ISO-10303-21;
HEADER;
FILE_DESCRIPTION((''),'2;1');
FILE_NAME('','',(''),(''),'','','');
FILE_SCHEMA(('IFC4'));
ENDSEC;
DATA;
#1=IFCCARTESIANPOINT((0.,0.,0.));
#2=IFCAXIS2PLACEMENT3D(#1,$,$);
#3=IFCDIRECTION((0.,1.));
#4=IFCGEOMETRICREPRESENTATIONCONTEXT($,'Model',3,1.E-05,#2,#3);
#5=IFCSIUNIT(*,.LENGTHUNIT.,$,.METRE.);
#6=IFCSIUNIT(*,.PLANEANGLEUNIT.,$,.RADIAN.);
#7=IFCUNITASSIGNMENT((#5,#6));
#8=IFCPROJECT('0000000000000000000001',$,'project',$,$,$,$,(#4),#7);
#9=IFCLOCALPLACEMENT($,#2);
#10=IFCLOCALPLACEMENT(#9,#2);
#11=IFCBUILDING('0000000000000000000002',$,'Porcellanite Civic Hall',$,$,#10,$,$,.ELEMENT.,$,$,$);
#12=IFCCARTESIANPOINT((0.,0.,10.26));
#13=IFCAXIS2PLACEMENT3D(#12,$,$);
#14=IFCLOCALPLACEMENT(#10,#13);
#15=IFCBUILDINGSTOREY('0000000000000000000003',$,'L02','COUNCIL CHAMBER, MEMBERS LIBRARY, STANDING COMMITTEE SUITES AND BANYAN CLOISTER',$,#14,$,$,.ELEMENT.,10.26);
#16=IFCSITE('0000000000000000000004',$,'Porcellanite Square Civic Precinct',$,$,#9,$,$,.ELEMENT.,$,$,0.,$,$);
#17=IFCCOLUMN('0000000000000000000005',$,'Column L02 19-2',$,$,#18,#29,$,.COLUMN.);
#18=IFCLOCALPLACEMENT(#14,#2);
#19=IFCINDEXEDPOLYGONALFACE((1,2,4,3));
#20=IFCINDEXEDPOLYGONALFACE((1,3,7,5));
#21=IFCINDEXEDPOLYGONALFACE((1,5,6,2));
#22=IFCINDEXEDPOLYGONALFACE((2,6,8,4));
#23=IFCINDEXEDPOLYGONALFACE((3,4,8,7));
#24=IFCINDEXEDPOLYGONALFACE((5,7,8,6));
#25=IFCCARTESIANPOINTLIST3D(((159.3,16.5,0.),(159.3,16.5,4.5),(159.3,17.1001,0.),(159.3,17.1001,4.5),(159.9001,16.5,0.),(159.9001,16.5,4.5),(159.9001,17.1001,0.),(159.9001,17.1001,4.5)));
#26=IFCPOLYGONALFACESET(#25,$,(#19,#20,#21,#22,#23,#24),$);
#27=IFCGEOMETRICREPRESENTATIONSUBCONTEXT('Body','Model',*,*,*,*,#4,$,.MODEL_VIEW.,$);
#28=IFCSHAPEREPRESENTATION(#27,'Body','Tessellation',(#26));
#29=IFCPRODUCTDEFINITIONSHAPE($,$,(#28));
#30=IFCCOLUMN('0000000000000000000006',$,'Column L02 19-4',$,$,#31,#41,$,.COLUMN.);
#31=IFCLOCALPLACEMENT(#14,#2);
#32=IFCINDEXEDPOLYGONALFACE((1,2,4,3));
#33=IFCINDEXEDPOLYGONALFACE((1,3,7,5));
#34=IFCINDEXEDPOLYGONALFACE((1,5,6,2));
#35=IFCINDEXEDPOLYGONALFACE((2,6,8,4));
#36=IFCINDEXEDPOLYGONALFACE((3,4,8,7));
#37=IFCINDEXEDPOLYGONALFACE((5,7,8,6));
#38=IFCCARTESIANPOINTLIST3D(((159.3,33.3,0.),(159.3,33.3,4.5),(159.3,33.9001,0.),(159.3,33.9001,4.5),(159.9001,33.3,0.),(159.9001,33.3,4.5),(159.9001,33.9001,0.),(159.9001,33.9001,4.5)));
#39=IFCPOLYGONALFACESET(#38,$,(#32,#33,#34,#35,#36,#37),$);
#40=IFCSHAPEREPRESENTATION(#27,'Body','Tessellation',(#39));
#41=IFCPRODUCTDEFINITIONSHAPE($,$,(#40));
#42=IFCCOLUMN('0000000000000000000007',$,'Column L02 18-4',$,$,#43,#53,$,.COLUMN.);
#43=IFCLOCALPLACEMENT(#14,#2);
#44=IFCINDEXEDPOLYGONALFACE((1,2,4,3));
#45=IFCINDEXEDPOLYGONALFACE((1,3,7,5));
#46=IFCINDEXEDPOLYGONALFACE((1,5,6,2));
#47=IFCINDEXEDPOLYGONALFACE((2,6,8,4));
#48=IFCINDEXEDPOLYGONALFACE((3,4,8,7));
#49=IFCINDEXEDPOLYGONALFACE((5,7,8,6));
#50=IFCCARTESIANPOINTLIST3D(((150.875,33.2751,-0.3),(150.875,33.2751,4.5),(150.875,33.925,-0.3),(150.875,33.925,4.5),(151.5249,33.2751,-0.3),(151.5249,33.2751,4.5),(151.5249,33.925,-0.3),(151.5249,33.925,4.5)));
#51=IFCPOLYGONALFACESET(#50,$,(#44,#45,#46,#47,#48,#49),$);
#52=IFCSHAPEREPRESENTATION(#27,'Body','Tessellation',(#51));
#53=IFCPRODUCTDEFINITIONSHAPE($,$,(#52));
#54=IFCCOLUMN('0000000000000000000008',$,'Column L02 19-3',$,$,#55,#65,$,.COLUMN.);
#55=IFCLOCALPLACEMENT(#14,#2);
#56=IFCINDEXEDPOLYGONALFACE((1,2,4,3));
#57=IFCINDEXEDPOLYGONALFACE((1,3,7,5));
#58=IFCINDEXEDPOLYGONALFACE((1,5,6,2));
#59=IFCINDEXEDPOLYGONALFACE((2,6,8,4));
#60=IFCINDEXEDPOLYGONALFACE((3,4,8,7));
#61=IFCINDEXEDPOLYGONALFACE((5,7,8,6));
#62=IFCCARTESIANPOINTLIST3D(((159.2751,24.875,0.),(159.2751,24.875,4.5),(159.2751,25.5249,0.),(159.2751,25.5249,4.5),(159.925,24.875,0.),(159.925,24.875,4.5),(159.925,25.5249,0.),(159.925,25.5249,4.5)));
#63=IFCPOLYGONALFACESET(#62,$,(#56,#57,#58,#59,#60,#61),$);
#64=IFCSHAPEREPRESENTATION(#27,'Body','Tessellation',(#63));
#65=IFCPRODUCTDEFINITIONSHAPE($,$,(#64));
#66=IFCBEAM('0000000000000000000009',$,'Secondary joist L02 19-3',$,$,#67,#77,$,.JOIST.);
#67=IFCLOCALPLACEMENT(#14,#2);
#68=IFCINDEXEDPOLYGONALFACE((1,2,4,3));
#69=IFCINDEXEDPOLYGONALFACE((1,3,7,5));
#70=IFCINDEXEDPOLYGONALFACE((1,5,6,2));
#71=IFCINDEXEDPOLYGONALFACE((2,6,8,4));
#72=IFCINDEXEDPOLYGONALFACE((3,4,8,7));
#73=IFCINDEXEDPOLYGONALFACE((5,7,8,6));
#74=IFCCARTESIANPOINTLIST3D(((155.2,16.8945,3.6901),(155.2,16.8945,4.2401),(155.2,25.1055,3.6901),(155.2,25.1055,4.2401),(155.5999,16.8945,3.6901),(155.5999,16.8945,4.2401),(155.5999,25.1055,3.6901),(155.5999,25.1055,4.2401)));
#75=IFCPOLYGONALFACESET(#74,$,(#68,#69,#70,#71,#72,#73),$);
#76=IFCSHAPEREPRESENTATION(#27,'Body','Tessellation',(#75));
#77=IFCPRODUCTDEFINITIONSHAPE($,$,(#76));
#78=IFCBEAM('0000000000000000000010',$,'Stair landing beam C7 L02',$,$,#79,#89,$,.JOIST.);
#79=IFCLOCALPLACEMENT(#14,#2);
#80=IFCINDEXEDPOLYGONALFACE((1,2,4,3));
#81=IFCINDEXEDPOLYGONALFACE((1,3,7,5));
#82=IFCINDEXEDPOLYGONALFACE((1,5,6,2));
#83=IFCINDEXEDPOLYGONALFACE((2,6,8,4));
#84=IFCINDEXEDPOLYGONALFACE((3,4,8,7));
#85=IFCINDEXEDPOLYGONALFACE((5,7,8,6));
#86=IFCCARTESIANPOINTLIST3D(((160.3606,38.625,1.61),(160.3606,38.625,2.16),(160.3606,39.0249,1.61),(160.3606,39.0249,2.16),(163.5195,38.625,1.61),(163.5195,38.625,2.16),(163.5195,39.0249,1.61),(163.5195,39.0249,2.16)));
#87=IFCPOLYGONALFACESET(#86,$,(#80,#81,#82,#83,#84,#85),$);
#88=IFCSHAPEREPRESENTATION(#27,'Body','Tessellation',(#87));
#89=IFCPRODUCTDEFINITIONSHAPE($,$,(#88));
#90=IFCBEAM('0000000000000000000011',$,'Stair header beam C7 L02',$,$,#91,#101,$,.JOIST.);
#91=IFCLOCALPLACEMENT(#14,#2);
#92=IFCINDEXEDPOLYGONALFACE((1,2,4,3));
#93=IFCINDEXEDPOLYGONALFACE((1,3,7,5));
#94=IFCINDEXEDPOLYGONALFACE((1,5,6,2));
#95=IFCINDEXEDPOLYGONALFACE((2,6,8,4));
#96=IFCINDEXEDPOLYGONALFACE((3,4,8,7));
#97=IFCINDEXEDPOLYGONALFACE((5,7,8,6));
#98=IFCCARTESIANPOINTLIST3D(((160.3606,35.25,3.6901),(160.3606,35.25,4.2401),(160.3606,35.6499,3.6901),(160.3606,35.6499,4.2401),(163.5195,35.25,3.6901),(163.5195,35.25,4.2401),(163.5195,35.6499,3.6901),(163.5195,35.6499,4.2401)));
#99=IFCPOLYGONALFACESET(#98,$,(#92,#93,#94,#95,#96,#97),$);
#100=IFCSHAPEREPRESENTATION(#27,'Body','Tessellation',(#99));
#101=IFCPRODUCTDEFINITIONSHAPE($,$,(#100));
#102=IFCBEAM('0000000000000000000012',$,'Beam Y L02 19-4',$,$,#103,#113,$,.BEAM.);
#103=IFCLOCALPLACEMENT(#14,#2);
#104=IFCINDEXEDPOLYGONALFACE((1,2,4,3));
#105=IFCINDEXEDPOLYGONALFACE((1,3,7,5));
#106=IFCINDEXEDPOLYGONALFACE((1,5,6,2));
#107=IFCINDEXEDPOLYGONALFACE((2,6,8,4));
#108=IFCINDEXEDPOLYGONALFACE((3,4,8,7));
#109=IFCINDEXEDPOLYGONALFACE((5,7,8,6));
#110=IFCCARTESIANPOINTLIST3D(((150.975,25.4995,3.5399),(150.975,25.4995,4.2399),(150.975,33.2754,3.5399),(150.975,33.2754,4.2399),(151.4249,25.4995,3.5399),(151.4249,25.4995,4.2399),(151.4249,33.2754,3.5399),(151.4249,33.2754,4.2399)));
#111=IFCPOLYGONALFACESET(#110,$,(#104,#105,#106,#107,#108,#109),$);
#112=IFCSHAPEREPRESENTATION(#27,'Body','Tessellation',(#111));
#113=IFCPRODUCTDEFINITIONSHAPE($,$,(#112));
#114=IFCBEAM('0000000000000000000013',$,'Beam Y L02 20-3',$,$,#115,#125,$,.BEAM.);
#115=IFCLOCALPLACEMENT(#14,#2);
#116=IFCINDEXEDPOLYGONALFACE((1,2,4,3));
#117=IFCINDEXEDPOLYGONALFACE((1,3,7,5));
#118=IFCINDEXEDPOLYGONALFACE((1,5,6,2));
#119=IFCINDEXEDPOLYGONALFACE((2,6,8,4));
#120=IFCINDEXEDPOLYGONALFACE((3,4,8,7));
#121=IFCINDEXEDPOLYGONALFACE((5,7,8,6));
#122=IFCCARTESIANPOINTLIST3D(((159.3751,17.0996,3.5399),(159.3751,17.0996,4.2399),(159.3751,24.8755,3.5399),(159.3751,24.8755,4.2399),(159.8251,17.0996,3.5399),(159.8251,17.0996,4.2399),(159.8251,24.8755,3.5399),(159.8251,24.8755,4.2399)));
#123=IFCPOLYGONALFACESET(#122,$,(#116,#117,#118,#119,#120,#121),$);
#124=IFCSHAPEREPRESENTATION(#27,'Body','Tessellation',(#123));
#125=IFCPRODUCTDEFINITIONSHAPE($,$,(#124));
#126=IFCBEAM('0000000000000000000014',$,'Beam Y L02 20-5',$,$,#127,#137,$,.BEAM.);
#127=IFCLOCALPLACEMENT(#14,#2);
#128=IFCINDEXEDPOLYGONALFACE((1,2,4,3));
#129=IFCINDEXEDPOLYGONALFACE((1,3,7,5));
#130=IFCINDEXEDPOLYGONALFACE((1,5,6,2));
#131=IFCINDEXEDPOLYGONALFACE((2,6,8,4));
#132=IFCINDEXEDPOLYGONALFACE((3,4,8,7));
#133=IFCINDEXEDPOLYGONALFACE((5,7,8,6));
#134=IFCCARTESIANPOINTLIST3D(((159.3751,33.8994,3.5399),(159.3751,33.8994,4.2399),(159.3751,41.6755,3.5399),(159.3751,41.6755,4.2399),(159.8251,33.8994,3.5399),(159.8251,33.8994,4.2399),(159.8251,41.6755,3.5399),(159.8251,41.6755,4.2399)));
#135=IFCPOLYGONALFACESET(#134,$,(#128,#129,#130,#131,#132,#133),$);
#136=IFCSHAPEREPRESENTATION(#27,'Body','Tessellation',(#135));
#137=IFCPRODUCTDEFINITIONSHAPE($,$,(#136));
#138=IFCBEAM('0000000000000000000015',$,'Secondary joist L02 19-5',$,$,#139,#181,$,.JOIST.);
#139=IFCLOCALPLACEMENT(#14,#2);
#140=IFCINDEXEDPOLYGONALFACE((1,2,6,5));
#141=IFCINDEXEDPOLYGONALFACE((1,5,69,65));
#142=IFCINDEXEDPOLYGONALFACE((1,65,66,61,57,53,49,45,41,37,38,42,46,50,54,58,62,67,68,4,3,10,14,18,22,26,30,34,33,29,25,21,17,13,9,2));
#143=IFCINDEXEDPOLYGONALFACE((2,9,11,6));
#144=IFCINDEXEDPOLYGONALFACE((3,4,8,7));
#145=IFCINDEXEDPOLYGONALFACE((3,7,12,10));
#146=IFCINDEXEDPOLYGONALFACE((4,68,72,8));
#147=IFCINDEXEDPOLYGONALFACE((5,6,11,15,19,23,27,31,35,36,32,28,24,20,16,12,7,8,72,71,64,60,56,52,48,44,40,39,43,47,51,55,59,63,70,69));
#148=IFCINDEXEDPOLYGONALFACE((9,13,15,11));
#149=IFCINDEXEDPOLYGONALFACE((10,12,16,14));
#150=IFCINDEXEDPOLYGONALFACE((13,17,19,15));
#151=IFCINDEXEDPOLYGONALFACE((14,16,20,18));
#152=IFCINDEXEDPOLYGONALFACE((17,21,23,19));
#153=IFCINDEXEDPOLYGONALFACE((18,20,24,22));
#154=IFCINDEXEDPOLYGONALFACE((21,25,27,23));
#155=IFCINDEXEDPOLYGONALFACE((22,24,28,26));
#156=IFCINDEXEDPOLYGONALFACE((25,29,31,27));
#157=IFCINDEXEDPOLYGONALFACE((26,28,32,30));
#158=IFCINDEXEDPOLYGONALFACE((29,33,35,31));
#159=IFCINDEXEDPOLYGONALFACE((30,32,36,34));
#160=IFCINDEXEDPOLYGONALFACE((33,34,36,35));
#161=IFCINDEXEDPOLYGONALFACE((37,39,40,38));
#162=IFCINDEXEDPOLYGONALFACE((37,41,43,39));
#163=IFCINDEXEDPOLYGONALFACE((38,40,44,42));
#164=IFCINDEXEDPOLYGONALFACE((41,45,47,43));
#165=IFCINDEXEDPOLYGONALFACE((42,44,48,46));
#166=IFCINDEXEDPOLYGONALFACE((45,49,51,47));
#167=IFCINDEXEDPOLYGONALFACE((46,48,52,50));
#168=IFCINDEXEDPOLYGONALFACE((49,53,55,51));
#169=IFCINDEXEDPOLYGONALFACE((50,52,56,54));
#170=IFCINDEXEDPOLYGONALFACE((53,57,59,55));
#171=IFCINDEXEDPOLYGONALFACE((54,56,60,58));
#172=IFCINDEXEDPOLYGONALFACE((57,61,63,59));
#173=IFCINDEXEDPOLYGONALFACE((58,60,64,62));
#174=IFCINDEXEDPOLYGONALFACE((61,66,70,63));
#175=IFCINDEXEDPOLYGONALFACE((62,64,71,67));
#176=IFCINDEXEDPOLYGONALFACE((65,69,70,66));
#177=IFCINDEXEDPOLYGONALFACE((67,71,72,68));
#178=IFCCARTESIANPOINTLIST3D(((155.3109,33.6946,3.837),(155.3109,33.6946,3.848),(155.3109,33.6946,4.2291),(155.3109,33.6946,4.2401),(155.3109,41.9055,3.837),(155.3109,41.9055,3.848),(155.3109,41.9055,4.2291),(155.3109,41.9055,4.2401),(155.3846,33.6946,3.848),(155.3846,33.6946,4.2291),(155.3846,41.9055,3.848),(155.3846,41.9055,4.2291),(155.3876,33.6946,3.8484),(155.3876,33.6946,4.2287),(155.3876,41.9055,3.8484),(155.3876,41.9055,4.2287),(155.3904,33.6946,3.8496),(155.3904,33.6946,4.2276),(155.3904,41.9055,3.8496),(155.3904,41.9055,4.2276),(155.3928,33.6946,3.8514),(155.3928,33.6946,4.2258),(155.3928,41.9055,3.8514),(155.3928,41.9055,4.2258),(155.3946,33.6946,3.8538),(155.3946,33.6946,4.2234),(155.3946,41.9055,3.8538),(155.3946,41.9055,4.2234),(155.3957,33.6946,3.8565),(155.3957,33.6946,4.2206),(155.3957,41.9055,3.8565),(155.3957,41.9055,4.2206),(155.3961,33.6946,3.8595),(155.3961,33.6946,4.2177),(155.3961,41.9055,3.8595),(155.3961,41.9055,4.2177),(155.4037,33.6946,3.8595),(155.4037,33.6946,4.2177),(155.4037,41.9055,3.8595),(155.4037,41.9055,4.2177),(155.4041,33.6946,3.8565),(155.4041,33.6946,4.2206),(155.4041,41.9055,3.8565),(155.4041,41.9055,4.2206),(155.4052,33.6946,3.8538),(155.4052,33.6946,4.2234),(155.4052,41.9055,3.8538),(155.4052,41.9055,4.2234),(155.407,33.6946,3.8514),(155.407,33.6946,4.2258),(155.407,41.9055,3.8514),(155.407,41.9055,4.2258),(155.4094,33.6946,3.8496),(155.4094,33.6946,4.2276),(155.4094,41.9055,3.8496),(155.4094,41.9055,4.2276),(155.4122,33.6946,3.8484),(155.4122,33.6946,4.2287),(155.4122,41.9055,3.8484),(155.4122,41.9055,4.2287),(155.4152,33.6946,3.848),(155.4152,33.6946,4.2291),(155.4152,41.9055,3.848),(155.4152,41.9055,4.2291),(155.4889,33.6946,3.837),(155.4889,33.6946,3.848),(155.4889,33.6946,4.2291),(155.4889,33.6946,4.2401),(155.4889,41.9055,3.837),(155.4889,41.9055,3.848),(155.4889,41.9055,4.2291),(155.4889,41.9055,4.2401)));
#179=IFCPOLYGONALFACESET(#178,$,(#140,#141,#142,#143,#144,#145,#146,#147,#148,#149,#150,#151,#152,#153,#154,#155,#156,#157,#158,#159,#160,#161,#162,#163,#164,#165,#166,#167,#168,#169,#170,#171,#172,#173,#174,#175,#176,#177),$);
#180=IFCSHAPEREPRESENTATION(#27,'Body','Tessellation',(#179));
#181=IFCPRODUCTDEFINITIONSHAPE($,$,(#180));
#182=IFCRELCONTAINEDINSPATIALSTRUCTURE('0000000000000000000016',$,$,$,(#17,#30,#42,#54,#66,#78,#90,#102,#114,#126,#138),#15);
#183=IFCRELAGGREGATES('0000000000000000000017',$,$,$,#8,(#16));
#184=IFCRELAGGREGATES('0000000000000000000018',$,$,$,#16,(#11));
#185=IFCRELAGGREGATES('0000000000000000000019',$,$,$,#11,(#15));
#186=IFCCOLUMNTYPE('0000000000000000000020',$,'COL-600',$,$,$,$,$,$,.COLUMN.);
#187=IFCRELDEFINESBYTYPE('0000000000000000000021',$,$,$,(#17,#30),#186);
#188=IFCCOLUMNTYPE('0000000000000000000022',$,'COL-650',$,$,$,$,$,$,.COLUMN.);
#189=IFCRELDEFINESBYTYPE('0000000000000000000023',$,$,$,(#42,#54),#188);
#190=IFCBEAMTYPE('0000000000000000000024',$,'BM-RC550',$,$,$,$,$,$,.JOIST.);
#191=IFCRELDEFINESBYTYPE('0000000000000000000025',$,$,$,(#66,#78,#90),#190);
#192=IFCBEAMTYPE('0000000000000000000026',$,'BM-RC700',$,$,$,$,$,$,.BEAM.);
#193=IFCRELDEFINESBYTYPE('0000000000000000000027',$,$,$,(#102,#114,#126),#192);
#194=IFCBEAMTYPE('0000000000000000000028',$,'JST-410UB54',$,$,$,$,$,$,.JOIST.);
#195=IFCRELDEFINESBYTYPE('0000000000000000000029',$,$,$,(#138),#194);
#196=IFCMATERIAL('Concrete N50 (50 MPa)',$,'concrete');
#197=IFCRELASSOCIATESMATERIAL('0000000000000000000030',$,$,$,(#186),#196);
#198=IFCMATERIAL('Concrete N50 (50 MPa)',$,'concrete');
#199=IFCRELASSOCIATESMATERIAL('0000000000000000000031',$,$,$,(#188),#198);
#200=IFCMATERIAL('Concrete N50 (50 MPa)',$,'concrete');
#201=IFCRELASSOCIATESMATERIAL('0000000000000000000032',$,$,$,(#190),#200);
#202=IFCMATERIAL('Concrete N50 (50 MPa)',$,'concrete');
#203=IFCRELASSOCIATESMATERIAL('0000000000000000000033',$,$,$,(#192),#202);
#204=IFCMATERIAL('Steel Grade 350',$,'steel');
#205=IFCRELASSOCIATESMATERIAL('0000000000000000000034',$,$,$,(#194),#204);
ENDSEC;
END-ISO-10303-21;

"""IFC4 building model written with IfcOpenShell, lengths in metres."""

from ifc_helpers import new_model, si_unit, direction, frame, origin, origin_2d, place, context, subcontext, project, spatial, rectangle, i_section, extrude, material, material_profile, profile_set, type_object, element, save


model = new_model("IFC4")

# Units and contexts
model_context = context("Model", 3, precision=1e-05, world=origin(), true_north=direction((0.0, 1.0)))
body_context = subcontext(model_context, "Body", "Model", "MODEL_VIEW")
ifc_project = project(units=[si_unit("LENGTHUNIT", "METRE"), si_unit("PLANEANGLEUNIT", "RADIAN")], contexts=[model_context])

# Site, building, storey
site_placement = place(None, origin())
site = spatial("IfcSite", under=ifc_project, at=site_placement, Name="Porcellanite Square Civic Precinct", CompositionType="ELEMENT", RefElevation=0.0)
building_placement = place(site_placement, origin())
building = spatial("IfcBuilding", under=site, at=building_placement, Name="Porcellanite Civic Hall", CompositionType="ELEMENT")
storey_placement = place(building_placement, frame((0.0, 0.0, 10.26)))
storey = spatial("IfcBuildingStorey", under=building, at=storey_placement, Name="L02", Description="COUNCIL CHAMBER, MEMBERS LIBRARY, STANDING COMMITTEE SUITES AND BANYAN CLOISTER", CompositionType="ELEMENT", Elevation=10.26)

# Columns
ifc_material_1 = material(Name="Concrete N50 (50 MPa)", Category="concrete")
ifc_material_profile_1 = material_profile(ifc_material_1, rectangle(XDim=0.6001, YDim=0.6001, at=origin_2d()), Name="RC-600x600")
ifc_profile_set_1 = profile_set([ifc_material_profile_1], Name="Concrete N50 (50 MPa)")
column_type_1 = type_object("IfcColumnType", Name="COL-600", PredefinedType="COLUMN", material=ifc_profile_set_1)
for number, where, z_axis, x_axis, name in (
    (1, (159.6001, 16.8, 0.0), (0.0, 0.0, 1.0), (1.0, 0.0, 0.0), "Column L02 19-2"),
    (2, (159.6001, 33.6001, 0.0), (0.0, 0.0, 1.0), (1.0, 0.0, 0.0), "Column L02 19-4"),
):
    element("IfcColumn", number, at=place(storey_placement, frame(where, z_axis=z_axis, x_axis=x_axis)), inside=storey, type_object=column_type_1, Name=name, PredefinedType="COLUMN", context=body_context, shape_type="SweptSolid", body=[
        extrude(rectangle(XDim=0.6001, YDim=0.6001, at=origin_2d()), origin(), (0.0, 0.0, 1.0), 4.5),
    ])
ifc_material_2 = material(Name="Concrete N50 (50 MPa)", Category="concrete")
ifc_material_profile_2 = material_profile(ifc_material_2, rectangle(XDim=0.6499, YDim=0.6499, at=origin_2d()), Name="RC-650x650")
ifc_profile_set_2 = profile_set([ifc_material_profile_2], Name="Concrete N50 (50 MPa)")
column_type_2 = type_object("IfcColumnType", Name="COL-650", PredefinedType="COLUMN", material=ifc_profile_set_2)
column_1_placement = place(storey_placement, frame((151.2, 33.6001, -0.3), z_axis=(0.0, 0.0, 1.0), x_axis=(1.0, 0.0, 0.0)))
element("IfcColumn", 3, at=column_1_placement, inside=storey, type_object=column_type_2, Name="Column L02 18-4", PredefinedType="COLUMN", context=body_context, shape_type="SweptSolid", body=[
    extrude(rectangle(XDim=0.6499, YDim=0.6499, at=origin_2d()), origin(), (0.0, 0.0, 1.0), 4.8),
])
column_2_placement = place(storey_placement, frame((159.6001, 25.2, 0.0), z_axis=(0.0, 0.0, 1.0), x_axis=(1.0, 0.0, 0.0)))
element("IfcColumn", 4, at=column_2_placement, inside=storey, type_object=column_type_2, Name="Column L02 19-3", PredefinedType="COLUMN", context=body_context, shape_type="SweptSolid", body=[
    extrude(rectangle(XDim=0.6499, YDim=0.6499, at=origin_2d()), origin(), (0.0, 0.0, 1.0), 4.5),
])

# Beams
ifc_material_3 = material(Name="Concrete N50 (50 MPa)", Category="concrete")
ifc_material_profile_3 = material_profile(ifc_material_3, rectangle(XDim=0.3999, YDim=0.55, at=origin_2d()), Name="RC-400x550")
ifc_profile_set_3 = profile_set([ifc_material_profile_3], Name="Concrete N50 (50 MPa)")
beam_type_1 = type_object("IfcBeamType", Name="BM-RC550", PredefinedType="JOIST", material=ifc_profile_set_3)
beam_1_placement = place(storey_placement, frame((155.3999, 16.8945, 3.9651), z_axis=(0.0, 1.0, 0.0), x_axis=(-1.0, 0.0, 0.0)))
element("IfcBeam", 5, at=beam_1_placement, inside=storey, type_object=beam_type_1, Name="Secondary joist L02 19-3", PredefinedType="JOIST", context=body_context, shape_type="SweptSolid", body=[
    extrude(rectangle(XDim=0.3999, YDim=0.55, at=origin_2d()), origin(), (0.0, 0.0, 1.0), 8.2109),
])
for number, where, z_axis, x_axis, name in (
    (6, (160.3606, 38.825, 1.885), (1.0, 0.0, 0.0), (0.0, 1.0, 0.0), "Stair landing beam C7 L02"),
    (7, (160.3606, 35.45, 3.9651), (1.0, 0.0, 0.0), (0.0, 1.0, 0.0), "Stair header beam C7 L02"),
):
    element("IfcBeam", number, at=place(storey_placement, frame(where, z_axis=z_axis, x_axis=x_axis)), inside=storey, type_object=beam_type_1, Name=name, PredefinedType="JOIST", context=body_context, shape_type="SweptSolid", body=[
        extrude(rectangle(XDim=0.3999, YDim=0.55, at=origin_2d()), origin(), (0.0, 0.0, 1.0), 3.1589),
    ])
ifc_material_4 = material(Name="Concrete N50 (50 MPa)", Category="concrete")
ifc_material_profile_4 = material_profile(ifc_material_4, rectangle(XDim=0.45, YDim=0.7, at=origin_2d()), Name="RC-450x700")
ifc_profile_set_4 = profile_set([ifc_material_profile_4], Name="Concrete N50 (50 MPa)")
beam_type_2 = type_object("IfcBeamType", Name="BM-RC700", PredefinedType="BEAM", material=ifc_profile_set_4)
for number, where, z_axis, x_axis, name in (
    (8, (151.2, 25.4995, 3.8899), (0.0, 1.0, 0.0), (-1.0, 0.0, 0.0), "Beam Y L02 19-4"),
    (9, (159.6001, 17.0996, 3.8899), (0.0, 1.0, 0.0), (-1.0, 0.0, 0.0), "Beam Y L02 20-3"),
):
    element("IfcBeam", number, at=place(storey_placement, frame(where, z_axis=z_axis, x_axis=x_axis)), inside=storey, type_object=beam_type_2, Name=name, PredefinedType="BEAM", context=body_context, shape_type="SweptSolid", body=[
        extrude(rectangle(XDim=0.45, YDim=0.7, at=origin_2d()), origin(), (0.0, 0.0, 1.0), 7.7759),
    ])
beam_2_placement = place(storey_placement, frame((159.6001, 33.8994, 3.8899), z_axis=(0.0, 1.0, 0.0), x_axis=(-1.0, 0.0, 0.0)))
element("IfcBeam", 10, at=beam_2_placement, inside=storey, type_object=beam_type_2, Name="Beam Y L02 20-5", PredefinedType="BEAM", context=body_context, shape_type="SweptSolid", body=[
    extrude(rectangle(XDim=0.45, YDim=0.7, at=origin_2d()), origin(), (0.0, 0.0, 1.0), 7.7761),
])
ifc_material_5 = material(Name="Steel Grade 350", Category="steel")
ifc_material_profile_5 = material_profile(ifc_material_5, i_section(OverallWidth=0.178, OverallDepth=0.4031, WebThickness=0.0076, FlangeThickness=0.011, FilletRadius=0.0115, at=origin_2d()), Name="410UB53.7")
ifc_profile_set_5 = profile_set([ifc_material_profile_5], Name="Steel Grade 350")
beam_type_3 = type_object("IfcBeamType", Name="JST-410UB54", PredefinedType="JOIST", material=ifc_profile_set_5)
beam_3_placement = place(storey_placement, frame((155.3999, 33.6946, 4.0386), z_axis=(0.0, 1.0, 0.0), x_axis=(-1.0, 0.0, 0.0)))
element("IfcBeam", 11, at=beam_3_placement, inside=storey, type_object=beam_type_3, Name="Secondary joist L02 19-5", PredefinedType="JOIST", context=body_context, shape_type="SweptSolid", body=[
    extrude(i_section(OverallWidth=0.178, OverallDepth=0.4031, WebThickness=0.0076, FlangeThickness=0.011, FilletRadius=0.0115, at=origin_2d()), origin(), (0.0, 0.0, 1.0), 8.2109),
])

save(model, "model.ifc")
